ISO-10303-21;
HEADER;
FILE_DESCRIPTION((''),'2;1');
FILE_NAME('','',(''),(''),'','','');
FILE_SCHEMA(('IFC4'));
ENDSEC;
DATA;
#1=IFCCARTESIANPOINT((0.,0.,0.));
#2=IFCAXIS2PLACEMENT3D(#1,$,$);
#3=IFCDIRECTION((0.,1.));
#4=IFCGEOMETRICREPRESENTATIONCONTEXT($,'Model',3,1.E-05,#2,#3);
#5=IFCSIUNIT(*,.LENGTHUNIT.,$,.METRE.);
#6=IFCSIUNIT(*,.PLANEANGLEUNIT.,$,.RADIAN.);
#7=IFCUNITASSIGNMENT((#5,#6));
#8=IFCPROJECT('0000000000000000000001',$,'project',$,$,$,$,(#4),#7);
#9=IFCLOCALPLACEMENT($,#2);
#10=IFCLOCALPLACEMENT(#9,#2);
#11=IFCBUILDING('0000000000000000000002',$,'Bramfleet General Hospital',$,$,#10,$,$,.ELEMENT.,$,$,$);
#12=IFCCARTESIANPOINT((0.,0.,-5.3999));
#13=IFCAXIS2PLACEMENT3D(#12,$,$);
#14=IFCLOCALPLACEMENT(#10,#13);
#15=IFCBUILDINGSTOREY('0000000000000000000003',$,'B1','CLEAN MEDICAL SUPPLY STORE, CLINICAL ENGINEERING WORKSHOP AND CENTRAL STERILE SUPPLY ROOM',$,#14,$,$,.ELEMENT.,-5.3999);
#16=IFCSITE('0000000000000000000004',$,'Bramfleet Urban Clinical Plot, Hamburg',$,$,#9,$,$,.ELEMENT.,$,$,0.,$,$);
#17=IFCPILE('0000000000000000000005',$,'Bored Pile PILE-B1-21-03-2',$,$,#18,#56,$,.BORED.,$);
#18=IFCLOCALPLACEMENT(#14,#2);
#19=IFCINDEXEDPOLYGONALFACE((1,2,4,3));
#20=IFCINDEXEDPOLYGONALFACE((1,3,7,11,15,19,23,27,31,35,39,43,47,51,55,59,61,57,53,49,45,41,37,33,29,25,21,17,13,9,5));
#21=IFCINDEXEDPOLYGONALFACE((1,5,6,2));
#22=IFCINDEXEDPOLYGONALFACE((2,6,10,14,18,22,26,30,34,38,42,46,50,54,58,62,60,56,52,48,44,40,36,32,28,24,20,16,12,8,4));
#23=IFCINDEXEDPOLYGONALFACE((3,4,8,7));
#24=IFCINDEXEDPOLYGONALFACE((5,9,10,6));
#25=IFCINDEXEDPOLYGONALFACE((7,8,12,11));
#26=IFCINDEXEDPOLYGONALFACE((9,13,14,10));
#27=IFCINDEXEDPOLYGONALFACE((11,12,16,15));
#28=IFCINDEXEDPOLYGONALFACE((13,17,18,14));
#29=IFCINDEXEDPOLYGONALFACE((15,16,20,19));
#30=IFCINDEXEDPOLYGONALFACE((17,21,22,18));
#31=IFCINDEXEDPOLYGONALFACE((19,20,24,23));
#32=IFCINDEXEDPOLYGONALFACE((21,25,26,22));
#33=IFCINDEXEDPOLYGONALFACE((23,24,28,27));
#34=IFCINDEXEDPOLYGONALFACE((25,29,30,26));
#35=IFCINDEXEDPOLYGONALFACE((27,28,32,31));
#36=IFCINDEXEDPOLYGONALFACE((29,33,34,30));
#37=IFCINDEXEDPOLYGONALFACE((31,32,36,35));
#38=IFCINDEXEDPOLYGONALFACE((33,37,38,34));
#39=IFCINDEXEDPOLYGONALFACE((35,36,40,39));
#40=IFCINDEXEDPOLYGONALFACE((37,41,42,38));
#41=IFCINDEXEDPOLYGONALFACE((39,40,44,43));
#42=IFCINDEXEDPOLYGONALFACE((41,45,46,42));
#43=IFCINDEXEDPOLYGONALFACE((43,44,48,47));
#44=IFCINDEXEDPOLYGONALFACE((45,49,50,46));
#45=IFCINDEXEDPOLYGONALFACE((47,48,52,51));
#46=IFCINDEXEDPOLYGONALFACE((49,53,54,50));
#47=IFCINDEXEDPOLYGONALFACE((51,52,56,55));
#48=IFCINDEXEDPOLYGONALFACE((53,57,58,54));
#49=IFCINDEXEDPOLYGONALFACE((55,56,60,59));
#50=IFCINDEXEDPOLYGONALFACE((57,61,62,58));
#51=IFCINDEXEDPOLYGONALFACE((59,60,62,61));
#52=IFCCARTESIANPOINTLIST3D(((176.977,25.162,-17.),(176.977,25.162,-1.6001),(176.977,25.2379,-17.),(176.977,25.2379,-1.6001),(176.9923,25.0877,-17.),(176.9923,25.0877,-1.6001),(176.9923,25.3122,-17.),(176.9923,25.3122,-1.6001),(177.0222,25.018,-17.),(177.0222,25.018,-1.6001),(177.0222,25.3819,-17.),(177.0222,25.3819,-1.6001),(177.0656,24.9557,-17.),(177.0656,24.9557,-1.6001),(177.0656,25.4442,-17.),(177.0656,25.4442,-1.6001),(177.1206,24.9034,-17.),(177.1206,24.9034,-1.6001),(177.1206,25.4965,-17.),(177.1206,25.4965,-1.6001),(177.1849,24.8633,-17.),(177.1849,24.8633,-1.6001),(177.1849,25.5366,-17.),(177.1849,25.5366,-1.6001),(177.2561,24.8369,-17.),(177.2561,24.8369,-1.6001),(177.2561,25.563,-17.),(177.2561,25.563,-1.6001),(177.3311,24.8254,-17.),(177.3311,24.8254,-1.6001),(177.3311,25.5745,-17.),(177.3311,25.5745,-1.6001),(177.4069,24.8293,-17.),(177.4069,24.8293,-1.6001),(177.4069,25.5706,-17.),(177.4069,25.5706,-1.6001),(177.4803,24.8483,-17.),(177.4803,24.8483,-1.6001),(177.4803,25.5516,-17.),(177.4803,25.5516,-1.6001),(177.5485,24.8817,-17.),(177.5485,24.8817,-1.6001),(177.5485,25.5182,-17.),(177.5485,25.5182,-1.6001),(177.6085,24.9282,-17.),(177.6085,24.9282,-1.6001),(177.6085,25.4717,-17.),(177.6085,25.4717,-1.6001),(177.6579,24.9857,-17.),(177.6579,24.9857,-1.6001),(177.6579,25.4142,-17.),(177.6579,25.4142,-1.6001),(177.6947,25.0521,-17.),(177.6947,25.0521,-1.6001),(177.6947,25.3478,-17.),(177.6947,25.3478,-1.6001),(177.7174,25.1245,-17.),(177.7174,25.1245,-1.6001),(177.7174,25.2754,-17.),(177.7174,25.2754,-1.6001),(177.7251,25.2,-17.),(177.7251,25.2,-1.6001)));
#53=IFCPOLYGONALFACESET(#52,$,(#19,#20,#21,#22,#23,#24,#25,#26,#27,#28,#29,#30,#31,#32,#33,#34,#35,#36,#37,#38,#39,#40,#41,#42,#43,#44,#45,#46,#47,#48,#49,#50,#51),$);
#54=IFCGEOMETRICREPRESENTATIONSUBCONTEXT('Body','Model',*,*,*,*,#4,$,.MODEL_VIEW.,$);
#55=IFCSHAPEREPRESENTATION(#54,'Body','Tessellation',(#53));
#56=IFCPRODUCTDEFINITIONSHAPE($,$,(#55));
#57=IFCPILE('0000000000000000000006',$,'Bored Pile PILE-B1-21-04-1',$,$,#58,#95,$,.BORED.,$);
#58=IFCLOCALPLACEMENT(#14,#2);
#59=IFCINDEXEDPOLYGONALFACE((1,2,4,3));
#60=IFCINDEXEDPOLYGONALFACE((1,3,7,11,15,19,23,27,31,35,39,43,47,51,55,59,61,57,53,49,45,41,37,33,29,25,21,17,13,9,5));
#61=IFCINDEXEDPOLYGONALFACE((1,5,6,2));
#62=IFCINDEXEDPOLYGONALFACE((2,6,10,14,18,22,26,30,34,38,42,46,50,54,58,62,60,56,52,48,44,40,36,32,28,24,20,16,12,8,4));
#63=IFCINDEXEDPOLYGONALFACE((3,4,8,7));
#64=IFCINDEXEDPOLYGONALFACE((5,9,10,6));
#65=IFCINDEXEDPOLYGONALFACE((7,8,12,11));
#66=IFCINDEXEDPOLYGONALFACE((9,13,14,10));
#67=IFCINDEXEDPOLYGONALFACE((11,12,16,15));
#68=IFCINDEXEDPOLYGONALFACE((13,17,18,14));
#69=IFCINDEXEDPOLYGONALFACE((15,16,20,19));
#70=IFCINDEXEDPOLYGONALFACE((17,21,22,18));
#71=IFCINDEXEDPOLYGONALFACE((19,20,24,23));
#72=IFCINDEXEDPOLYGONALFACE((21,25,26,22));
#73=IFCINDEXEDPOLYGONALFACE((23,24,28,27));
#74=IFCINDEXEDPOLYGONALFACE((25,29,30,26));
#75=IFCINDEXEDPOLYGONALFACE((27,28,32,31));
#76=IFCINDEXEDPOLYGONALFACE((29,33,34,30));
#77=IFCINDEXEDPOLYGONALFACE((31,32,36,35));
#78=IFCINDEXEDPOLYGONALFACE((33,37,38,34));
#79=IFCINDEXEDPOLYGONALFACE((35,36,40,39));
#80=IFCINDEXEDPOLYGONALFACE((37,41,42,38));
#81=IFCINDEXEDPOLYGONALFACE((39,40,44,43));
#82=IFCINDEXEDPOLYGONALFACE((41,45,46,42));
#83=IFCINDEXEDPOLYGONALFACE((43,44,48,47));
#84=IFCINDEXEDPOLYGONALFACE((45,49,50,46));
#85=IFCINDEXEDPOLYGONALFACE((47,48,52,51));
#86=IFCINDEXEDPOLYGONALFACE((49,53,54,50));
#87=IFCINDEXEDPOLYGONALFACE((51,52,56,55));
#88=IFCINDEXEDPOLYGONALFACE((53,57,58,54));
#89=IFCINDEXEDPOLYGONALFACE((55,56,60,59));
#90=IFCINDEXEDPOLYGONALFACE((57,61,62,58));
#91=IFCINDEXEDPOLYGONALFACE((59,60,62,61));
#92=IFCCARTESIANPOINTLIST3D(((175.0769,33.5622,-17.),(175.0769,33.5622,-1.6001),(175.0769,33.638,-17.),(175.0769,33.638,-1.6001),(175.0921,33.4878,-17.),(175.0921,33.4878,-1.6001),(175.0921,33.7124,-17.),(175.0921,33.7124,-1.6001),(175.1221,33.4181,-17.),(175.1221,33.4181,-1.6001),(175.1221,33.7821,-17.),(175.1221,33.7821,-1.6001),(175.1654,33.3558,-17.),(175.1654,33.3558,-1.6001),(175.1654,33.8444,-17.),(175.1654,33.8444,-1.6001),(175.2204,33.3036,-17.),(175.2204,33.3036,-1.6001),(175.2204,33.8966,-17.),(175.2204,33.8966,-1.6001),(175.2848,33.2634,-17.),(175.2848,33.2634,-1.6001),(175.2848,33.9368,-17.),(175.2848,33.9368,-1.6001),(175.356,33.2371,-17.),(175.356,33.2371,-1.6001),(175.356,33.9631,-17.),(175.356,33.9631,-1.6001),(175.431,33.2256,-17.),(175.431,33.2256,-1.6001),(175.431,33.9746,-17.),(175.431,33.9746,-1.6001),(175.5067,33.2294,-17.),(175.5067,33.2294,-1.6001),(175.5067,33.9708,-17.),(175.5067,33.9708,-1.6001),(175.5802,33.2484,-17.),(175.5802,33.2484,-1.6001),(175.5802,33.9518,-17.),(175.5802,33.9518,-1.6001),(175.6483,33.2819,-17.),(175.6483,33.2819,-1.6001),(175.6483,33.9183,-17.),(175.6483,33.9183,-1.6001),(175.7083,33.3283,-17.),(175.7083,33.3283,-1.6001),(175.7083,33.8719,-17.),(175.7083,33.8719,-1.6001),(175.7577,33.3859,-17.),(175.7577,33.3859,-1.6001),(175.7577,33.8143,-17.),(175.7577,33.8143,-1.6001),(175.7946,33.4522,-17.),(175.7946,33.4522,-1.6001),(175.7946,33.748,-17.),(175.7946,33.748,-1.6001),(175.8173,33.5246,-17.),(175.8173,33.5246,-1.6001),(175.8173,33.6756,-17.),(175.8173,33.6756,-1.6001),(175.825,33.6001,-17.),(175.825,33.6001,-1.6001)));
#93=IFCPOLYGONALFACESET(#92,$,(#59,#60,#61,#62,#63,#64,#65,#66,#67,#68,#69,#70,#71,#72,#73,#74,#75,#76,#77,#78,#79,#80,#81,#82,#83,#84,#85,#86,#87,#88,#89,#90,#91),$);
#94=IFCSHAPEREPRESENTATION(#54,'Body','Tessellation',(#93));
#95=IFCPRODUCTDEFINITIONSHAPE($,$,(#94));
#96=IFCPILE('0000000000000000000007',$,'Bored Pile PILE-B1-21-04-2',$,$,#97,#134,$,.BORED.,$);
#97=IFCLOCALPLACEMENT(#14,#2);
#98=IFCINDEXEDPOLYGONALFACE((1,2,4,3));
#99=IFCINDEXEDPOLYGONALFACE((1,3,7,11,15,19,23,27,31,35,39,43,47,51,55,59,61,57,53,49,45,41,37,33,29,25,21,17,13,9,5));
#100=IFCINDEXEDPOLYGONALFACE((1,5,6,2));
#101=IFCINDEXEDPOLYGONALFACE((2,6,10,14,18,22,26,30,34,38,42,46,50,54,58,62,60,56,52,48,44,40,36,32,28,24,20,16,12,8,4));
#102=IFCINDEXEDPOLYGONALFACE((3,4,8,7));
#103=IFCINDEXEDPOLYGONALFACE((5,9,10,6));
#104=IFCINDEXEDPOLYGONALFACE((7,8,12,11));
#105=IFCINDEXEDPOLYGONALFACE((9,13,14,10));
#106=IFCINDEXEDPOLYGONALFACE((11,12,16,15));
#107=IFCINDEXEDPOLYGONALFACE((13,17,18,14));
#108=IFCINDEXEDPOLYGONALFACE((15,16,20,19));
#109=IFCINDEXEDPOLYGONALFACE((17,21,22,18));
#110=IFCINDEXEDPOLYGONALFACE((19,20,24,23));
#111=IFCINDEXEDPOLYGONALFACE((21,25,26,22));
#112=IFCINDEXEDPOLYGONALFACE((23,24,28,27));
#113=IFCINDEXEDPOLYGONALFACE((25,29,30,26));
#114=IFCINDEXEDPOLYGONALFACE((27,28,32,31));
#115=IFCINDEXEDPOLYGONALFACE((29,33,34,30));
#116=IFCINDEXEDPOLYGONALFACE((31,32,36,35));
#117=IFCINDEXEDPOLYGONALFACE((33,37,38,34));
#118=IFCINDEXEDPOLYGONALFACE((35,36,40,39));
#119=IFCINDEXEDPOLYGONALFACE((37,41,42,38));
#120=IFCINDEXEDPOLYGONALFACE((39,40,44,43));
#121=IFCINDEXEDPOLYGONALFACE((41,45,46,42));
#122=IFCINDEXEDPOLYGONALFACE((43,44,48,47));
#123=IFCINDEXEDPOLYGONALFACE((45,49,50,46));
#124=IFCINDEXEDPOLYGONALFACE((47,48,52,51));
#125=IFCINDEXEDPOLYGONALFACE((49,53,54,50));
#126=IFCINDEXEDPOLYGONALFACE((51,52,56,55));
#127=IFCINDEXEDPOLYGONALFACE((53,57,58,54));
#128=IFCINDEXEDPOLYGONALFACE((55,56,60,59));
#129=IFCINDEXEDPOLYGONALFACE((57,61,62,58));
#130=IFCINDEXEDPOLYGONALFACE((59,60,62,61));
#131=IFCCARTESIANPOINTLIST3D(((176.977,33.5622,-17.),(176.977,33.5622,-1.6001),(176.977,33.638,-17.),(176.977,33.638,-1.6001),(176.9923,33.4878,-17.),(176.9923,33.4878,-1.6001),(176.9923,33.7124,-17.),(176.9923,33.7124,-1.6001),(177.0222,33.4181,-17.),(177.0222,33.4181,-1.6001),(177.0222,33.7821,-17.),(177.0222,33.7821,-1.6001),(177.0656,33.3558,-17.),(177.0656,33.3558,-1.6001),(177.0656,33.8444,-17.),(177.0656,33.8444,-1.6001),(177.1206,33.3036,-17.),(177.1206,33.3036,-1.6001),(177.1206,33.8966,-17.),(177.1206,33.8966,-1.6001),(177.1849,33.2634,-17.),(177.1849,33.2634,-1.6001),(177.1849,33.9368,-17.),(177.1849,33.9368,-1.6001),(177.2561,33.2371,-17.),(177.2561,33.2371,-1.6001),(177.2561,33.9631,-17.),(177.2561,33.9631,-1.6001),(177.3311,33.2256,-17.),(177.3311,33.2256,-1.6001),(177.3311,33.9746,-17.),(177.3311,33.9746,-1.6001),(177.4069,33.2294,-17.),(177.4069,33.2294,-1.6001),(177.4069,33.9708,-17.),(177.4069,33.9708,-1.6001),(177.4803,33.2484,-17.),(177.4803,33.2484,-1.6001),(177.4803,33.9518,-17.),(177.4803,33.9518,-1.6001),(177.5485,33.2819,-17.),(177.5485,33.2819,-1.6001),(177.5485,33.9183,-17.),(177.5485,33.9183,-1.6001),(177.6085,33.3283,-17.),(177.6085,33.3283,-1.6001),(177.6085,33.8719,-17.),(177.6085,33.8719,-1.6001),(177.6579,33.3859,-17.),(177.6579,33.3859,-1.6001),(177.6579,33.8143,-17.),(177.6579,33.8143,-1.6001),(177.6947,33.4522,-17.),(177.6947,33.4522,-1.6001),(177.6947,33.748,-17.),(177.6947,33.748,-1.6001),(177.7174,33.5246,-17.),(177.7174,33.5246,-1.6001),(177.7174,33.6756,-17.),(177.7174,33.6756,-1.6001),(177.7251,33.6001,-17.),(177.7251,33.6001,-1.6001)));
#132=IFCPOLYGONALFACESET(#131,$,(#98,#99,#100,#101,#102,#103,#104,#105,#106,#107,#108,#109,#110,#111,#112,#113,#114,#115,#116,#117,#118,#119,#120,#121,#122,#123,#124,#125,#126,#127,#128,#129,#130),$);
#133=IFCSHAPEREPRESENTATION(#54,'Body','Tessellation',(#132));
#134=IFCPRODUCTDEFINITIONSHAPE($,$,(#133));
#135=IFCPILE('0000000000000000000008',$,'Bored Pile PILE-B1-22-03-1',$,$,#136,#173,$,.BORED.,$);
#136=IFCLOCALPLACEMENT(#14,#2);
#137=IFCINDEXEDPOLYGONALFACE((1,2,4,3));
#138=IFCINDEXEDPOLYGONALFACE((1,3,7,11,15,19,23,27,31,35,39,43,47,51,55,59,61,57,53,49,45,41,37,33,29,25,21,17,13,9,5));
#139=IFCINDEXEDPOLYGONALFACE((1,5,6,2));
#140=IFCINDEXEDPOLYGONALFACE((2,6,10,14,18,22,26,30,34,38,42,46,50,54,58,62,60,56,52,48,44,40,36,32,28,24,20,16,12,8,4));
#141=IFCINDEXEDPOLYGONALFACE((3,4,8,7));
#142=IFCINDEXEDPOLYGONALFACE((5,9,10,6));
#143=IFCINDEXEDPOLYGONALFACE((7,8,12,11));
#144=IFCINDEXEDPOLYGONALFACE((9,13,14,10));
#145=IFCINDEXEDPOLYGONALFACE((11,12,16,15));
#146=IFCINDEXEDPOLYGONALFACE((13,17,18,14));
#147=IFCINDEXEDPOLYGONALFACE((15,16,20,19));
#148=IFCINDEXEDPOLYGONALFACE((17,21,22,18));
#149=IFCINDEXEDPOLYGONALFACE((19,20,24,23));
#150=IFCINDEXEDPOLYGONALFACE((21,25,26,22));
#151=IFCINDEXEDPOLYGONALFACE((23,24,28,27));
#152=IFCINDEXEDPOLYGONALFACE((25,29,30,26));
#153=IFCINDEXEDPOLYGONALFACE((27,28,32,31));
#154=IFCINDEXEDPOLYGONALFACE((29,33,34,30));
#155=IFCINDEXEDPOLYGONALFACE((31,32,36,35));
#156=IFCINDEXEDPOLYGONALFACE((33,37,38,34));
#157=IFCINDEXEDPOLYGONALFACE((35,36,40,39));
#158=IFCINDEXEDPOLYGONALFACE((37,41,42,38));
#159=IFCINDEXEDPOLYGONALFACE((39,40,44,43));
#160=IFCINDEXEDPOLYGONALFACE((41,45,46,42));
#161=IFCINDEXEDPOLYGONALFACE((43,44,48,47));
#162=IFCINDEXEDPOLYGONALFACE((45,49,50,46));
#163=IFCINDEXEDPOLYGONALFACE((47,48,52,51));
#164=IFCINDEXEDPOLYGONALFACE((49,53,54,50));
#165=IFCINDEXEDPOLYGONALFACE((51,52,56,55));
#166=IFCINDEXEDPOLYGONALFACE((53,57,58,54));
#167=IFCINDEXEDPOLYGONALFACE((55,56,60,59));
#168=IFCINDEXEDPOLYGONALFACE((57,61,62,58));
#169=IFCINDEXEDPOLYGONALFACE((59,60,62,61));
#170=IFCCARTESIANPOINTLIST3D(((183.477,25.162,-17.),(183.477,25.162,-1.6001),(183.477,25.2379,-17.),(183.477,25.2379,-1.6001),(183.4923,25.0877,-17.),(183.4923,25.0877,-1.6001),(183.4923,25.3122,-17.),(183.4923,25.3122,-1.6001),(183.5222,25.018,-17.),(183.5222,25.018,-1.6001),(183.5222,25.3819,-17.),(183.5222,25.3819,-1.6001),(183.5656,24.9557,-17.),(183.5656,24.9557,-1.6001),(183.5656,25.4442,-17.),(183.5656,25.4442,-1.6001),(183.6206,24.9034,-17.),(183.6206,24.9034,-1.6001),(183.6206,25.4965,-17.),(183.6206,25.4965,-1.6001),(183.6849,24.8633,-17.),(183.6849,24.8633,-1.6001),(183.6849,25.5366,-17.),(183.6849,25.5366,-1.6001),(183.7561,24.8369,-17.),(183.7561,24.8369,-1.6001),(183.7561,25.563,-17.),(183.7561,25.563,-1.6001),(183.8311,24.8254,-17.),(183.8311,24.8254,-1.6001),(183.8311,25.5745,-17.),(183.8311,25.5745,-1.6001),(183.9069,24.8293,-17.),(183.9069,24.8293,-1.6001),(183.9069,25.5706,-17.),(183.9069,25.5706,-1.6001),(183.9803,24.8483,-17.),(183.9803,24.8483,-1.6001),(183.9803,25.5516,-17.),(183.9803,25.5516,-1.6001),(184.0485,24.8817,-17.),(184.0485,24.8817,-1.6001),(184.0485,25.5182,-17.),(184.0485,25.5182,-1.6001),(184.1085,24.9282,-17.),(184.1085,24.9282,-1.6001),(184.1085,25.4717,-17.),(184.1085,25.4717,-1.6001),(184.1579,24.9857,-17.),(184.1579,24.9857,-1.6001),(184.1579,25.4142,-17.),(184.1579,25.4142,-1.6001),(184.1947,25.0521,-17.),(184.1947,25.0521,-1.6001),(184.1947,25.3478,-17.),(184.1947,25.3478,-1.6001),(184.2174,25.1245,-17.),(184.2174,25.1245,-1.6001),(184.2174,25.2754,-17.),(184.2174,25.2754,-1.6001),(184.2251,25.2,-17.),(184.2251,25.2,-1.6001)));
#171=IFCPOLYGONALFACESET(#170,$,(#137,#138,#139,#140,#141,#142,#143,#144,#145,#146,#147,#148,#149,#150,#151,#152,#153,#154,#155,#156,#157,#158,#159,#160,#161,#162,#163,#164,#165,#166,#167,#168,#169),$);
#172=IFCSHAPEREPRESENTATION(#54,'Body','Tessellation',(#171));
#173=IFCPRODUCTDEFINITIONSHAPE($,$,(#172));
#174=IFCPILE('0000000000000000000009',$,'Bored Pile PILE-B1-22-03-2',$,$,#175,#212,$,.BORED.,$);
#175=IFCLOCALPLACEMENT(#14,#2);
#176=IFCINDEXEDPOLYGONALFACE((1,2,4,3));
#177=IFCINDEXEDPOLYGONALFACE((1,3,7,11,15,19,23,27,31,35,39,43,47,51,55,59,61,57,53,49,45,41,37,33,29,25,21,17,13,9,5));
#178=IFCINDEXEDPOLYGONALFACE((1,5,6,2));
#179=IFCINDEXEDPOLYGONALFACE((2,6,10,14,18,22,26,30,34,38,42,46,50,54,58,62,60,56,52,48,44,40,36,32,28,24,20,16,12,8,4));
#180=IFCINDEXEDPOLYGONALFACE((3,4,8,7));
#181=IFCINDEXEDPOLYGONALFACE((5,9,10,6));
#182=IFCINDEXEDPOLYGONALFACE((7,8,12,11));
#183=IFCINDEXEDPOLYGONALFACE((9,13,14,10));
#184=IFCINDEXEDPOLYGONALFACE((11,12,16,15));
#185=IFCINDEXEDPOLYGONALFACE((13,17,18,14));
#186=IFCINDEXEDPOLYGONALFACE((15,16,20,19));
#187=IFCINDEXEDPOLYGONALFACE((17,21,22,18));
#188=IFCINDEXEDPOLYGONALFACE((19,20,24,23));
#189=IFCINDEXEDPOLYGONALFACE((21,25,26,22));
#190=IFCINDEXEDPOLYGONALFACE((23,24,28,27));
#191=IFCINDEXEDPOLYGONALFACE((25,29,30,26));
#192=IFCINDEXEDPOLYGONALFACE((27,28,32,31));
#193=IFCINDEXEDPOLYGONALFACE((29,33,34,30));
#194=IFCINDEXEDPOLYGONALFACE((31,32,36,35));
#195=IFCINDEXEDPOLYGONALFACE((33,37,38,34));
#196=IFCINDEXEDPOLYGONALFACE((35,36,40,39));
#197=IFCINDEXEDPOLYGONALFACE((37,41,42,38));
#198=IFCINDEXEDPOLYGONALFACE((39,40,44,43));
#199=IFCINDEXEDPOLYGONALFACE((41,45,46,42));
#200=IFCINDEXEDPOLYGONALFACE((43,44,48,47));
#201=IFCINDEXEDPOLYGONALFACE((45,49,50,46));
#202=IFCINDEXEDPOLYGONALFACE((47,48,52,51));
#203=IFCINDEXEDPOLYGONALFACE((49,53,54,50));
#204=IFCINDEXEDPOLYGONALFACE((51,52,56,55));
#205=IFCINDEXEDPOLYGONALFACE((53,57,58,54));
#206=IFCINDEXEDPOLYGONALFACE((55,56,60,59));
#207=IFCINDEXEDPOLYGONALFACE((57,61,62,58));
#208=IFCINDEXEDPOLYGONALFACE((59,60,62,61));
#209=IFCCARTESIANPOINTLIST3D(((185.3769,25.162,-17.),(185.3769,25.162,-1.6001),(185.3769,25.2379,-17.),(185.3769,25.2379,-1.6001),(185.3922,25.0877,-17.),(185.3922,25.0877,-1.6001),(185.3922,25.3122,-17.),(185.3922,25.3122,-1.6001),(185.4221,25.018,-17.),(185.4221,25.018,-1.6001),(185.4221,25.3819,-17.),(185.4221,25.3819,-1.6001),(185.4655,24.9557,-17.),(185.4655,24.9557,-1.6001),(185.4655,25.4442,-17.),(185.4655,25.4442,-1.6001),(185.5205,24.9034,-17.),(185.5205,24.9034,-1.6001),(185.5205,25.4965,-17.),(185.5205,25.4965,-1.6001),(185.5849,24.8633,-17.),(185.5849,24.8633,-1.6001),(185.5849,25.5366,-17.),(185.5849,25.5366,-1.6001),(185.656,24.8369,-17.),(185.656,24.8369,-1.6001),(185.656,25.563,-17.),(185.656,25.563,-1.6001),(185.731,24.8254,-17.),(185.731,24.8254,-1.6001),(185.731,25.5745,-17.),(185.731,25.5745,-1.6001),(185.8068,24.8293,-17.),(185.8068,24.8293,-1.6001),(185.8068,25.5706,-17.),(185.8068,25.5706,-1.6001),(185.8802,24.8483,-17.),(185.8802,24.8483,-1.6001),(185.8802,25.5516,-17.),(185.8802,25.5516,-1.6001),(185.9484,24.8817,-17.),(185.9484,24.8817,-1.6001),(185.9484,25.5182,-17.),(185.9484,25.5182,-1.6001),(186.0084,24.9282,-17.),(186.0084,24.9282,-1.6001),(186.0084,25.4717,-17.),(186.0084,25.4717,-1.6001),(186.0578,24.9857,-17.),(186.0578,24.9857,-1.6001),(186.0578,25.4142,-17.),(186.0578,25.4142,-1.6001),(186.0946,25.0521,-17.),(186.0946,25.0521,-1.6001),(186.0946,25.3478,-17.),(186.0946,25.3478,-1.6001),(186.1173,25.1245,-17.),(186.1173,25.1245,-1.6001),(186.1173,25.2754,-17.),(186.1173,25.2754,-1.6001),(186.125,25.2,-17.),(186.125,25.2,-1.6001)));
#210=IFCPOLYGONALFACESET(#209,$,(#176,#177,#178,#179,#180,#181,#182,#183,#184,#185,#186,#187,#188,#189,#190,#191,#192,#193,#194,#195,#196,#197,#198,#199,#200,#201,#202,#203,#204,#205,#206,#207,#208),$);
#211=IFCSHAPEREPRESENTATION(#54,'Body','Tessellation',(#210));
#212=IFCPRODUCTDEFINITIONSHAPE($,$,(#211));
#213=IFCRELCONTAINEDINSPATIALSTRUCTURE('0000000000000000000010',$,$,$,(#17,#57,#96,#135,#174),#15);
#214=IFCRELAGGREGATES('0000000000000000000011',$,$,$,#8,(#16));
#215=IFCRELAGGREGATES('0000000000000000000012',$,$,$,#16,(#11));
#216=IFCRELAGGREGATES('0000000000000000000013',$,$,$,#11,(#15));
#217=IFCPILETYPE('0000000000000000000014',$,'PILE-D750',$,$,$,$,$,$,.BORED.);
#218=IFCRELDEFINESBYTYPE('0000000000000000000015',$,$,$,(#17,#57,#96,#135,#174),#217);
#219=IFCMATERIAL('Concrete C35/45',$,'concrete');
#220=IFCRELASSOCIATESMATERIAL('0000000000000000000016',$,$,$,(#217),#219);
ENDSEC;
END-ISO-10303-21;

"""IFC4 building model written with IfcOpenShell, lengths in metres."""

from ifc_helpers import new_model, si_unit, direction, frame, origin, origin_2d, place, context, subcontext, project, spatial, circle, extrude, material, material_profile, profile_set, type_object, element, save


model = new_model("IFC4")

# Units and contexts
model_context = context("Model", 3, precision=1e-05, world=origin(), true_north=direction((0.0, 1.0)))
body_context = subcontext(model_context, "Body", "Model", "MODEL_VIEW")
ifc_project = project(units=[si_unit("LENGTHUNIT", "METRE"), si_unit("PLANEANGLEUNIT", "RADIAN")], contexts=[model_context])

# Site, building, storey
site_placement = place(None, origin())
site = spatial("IfcSite", under=ifc_project, at=site_placement, Name="Bramfleet Urban Clinical Plot, Hamburg", CompositionType="ELEMENT", RefElevation=0.0)
building_placement = place(site_placement, origin())
building = spatial("IfcBuilding", under=site, at=building_placement, Name="Bramfleet General Hospital", CompositionType="ELEMENT")
storey_placement = place(building_placement, frame((0.0, 0.0, -5.3999)))
storey = spatial("IfcBuildingStorey", under=building, at=storey_placement, Name="B1", Description="CLEAN MEDICAL SUPPLY STORE, CLINICAL ENGINEERING WORKSHOP AND CENTRAL STERILE SUPPLY ROOM", CompositionType="ELEMENT", Elevation=-5.3999)

# Shared definitions
ifc_material_1 = material(Name="Concrete C35/45", Category="concrete")

# Piles
ifc_material_profile_1 = material_profile(ifc_material_1, circle(Radius=0.375, at=origin_2d()), Name="PILE BORED D750")
ifc_profile_set_1 = profile_set([ifc_material_profile_1], Name="Concrete C35/45")
pile_type = type_object("IfcPileType", Name="PILE-D750", PredefinedType="BORED", material=ifc_profile_set_1)
for number, where, z_axis, x_axis, name in (
    (1, (177.3501, 25.2, -1.6001), (0.0, 0.0, -1.0), (1.0, 0.0, 0.0), "Bored Pile PILE-B1-21-03-2"),
    (2, (175.45, 33.6001, -1.6001), (0.0, 0.0, -1.0), (1.0, 0.0, 0.0), "Bored Pile PILE-B1-21-04-1"),
    (3, (177.3501, 33.6001, -1.6001), (0.0, 0.0, -1.0), (1.0, 0.0, 0.0), "Bored Pile PILE-B1-21-04-2"),
    (4, (183.8501, 25.2, -1.6001), (0.0, 0.0, -1.0), (1.0, 0.0, 0.0), "Bored Pile PILE-B1-22-03-1"),
    (5, (185.75, 25.2, -1.6001), (0.0, 0.0, -1.0), (1.0, 0.0, 0.0), "Bored Pile PILE-B1-22-03-2"),
):
    element("IfcPile", number, at=place(storey_placement, frame(where, z_axis=z_axis, x_axis=x_axis)), inside=storey, type_object=pile_type, Name=name, PredefinedType="BORED", context=body_context, shape_type="SweptSolid", body=[
        extrude(circle(Radius=0.375, at=origin_2d()), origin(), (0.0, 0.0, 1.0), 15.3999),
    ])

save(model, "model.ifc")
